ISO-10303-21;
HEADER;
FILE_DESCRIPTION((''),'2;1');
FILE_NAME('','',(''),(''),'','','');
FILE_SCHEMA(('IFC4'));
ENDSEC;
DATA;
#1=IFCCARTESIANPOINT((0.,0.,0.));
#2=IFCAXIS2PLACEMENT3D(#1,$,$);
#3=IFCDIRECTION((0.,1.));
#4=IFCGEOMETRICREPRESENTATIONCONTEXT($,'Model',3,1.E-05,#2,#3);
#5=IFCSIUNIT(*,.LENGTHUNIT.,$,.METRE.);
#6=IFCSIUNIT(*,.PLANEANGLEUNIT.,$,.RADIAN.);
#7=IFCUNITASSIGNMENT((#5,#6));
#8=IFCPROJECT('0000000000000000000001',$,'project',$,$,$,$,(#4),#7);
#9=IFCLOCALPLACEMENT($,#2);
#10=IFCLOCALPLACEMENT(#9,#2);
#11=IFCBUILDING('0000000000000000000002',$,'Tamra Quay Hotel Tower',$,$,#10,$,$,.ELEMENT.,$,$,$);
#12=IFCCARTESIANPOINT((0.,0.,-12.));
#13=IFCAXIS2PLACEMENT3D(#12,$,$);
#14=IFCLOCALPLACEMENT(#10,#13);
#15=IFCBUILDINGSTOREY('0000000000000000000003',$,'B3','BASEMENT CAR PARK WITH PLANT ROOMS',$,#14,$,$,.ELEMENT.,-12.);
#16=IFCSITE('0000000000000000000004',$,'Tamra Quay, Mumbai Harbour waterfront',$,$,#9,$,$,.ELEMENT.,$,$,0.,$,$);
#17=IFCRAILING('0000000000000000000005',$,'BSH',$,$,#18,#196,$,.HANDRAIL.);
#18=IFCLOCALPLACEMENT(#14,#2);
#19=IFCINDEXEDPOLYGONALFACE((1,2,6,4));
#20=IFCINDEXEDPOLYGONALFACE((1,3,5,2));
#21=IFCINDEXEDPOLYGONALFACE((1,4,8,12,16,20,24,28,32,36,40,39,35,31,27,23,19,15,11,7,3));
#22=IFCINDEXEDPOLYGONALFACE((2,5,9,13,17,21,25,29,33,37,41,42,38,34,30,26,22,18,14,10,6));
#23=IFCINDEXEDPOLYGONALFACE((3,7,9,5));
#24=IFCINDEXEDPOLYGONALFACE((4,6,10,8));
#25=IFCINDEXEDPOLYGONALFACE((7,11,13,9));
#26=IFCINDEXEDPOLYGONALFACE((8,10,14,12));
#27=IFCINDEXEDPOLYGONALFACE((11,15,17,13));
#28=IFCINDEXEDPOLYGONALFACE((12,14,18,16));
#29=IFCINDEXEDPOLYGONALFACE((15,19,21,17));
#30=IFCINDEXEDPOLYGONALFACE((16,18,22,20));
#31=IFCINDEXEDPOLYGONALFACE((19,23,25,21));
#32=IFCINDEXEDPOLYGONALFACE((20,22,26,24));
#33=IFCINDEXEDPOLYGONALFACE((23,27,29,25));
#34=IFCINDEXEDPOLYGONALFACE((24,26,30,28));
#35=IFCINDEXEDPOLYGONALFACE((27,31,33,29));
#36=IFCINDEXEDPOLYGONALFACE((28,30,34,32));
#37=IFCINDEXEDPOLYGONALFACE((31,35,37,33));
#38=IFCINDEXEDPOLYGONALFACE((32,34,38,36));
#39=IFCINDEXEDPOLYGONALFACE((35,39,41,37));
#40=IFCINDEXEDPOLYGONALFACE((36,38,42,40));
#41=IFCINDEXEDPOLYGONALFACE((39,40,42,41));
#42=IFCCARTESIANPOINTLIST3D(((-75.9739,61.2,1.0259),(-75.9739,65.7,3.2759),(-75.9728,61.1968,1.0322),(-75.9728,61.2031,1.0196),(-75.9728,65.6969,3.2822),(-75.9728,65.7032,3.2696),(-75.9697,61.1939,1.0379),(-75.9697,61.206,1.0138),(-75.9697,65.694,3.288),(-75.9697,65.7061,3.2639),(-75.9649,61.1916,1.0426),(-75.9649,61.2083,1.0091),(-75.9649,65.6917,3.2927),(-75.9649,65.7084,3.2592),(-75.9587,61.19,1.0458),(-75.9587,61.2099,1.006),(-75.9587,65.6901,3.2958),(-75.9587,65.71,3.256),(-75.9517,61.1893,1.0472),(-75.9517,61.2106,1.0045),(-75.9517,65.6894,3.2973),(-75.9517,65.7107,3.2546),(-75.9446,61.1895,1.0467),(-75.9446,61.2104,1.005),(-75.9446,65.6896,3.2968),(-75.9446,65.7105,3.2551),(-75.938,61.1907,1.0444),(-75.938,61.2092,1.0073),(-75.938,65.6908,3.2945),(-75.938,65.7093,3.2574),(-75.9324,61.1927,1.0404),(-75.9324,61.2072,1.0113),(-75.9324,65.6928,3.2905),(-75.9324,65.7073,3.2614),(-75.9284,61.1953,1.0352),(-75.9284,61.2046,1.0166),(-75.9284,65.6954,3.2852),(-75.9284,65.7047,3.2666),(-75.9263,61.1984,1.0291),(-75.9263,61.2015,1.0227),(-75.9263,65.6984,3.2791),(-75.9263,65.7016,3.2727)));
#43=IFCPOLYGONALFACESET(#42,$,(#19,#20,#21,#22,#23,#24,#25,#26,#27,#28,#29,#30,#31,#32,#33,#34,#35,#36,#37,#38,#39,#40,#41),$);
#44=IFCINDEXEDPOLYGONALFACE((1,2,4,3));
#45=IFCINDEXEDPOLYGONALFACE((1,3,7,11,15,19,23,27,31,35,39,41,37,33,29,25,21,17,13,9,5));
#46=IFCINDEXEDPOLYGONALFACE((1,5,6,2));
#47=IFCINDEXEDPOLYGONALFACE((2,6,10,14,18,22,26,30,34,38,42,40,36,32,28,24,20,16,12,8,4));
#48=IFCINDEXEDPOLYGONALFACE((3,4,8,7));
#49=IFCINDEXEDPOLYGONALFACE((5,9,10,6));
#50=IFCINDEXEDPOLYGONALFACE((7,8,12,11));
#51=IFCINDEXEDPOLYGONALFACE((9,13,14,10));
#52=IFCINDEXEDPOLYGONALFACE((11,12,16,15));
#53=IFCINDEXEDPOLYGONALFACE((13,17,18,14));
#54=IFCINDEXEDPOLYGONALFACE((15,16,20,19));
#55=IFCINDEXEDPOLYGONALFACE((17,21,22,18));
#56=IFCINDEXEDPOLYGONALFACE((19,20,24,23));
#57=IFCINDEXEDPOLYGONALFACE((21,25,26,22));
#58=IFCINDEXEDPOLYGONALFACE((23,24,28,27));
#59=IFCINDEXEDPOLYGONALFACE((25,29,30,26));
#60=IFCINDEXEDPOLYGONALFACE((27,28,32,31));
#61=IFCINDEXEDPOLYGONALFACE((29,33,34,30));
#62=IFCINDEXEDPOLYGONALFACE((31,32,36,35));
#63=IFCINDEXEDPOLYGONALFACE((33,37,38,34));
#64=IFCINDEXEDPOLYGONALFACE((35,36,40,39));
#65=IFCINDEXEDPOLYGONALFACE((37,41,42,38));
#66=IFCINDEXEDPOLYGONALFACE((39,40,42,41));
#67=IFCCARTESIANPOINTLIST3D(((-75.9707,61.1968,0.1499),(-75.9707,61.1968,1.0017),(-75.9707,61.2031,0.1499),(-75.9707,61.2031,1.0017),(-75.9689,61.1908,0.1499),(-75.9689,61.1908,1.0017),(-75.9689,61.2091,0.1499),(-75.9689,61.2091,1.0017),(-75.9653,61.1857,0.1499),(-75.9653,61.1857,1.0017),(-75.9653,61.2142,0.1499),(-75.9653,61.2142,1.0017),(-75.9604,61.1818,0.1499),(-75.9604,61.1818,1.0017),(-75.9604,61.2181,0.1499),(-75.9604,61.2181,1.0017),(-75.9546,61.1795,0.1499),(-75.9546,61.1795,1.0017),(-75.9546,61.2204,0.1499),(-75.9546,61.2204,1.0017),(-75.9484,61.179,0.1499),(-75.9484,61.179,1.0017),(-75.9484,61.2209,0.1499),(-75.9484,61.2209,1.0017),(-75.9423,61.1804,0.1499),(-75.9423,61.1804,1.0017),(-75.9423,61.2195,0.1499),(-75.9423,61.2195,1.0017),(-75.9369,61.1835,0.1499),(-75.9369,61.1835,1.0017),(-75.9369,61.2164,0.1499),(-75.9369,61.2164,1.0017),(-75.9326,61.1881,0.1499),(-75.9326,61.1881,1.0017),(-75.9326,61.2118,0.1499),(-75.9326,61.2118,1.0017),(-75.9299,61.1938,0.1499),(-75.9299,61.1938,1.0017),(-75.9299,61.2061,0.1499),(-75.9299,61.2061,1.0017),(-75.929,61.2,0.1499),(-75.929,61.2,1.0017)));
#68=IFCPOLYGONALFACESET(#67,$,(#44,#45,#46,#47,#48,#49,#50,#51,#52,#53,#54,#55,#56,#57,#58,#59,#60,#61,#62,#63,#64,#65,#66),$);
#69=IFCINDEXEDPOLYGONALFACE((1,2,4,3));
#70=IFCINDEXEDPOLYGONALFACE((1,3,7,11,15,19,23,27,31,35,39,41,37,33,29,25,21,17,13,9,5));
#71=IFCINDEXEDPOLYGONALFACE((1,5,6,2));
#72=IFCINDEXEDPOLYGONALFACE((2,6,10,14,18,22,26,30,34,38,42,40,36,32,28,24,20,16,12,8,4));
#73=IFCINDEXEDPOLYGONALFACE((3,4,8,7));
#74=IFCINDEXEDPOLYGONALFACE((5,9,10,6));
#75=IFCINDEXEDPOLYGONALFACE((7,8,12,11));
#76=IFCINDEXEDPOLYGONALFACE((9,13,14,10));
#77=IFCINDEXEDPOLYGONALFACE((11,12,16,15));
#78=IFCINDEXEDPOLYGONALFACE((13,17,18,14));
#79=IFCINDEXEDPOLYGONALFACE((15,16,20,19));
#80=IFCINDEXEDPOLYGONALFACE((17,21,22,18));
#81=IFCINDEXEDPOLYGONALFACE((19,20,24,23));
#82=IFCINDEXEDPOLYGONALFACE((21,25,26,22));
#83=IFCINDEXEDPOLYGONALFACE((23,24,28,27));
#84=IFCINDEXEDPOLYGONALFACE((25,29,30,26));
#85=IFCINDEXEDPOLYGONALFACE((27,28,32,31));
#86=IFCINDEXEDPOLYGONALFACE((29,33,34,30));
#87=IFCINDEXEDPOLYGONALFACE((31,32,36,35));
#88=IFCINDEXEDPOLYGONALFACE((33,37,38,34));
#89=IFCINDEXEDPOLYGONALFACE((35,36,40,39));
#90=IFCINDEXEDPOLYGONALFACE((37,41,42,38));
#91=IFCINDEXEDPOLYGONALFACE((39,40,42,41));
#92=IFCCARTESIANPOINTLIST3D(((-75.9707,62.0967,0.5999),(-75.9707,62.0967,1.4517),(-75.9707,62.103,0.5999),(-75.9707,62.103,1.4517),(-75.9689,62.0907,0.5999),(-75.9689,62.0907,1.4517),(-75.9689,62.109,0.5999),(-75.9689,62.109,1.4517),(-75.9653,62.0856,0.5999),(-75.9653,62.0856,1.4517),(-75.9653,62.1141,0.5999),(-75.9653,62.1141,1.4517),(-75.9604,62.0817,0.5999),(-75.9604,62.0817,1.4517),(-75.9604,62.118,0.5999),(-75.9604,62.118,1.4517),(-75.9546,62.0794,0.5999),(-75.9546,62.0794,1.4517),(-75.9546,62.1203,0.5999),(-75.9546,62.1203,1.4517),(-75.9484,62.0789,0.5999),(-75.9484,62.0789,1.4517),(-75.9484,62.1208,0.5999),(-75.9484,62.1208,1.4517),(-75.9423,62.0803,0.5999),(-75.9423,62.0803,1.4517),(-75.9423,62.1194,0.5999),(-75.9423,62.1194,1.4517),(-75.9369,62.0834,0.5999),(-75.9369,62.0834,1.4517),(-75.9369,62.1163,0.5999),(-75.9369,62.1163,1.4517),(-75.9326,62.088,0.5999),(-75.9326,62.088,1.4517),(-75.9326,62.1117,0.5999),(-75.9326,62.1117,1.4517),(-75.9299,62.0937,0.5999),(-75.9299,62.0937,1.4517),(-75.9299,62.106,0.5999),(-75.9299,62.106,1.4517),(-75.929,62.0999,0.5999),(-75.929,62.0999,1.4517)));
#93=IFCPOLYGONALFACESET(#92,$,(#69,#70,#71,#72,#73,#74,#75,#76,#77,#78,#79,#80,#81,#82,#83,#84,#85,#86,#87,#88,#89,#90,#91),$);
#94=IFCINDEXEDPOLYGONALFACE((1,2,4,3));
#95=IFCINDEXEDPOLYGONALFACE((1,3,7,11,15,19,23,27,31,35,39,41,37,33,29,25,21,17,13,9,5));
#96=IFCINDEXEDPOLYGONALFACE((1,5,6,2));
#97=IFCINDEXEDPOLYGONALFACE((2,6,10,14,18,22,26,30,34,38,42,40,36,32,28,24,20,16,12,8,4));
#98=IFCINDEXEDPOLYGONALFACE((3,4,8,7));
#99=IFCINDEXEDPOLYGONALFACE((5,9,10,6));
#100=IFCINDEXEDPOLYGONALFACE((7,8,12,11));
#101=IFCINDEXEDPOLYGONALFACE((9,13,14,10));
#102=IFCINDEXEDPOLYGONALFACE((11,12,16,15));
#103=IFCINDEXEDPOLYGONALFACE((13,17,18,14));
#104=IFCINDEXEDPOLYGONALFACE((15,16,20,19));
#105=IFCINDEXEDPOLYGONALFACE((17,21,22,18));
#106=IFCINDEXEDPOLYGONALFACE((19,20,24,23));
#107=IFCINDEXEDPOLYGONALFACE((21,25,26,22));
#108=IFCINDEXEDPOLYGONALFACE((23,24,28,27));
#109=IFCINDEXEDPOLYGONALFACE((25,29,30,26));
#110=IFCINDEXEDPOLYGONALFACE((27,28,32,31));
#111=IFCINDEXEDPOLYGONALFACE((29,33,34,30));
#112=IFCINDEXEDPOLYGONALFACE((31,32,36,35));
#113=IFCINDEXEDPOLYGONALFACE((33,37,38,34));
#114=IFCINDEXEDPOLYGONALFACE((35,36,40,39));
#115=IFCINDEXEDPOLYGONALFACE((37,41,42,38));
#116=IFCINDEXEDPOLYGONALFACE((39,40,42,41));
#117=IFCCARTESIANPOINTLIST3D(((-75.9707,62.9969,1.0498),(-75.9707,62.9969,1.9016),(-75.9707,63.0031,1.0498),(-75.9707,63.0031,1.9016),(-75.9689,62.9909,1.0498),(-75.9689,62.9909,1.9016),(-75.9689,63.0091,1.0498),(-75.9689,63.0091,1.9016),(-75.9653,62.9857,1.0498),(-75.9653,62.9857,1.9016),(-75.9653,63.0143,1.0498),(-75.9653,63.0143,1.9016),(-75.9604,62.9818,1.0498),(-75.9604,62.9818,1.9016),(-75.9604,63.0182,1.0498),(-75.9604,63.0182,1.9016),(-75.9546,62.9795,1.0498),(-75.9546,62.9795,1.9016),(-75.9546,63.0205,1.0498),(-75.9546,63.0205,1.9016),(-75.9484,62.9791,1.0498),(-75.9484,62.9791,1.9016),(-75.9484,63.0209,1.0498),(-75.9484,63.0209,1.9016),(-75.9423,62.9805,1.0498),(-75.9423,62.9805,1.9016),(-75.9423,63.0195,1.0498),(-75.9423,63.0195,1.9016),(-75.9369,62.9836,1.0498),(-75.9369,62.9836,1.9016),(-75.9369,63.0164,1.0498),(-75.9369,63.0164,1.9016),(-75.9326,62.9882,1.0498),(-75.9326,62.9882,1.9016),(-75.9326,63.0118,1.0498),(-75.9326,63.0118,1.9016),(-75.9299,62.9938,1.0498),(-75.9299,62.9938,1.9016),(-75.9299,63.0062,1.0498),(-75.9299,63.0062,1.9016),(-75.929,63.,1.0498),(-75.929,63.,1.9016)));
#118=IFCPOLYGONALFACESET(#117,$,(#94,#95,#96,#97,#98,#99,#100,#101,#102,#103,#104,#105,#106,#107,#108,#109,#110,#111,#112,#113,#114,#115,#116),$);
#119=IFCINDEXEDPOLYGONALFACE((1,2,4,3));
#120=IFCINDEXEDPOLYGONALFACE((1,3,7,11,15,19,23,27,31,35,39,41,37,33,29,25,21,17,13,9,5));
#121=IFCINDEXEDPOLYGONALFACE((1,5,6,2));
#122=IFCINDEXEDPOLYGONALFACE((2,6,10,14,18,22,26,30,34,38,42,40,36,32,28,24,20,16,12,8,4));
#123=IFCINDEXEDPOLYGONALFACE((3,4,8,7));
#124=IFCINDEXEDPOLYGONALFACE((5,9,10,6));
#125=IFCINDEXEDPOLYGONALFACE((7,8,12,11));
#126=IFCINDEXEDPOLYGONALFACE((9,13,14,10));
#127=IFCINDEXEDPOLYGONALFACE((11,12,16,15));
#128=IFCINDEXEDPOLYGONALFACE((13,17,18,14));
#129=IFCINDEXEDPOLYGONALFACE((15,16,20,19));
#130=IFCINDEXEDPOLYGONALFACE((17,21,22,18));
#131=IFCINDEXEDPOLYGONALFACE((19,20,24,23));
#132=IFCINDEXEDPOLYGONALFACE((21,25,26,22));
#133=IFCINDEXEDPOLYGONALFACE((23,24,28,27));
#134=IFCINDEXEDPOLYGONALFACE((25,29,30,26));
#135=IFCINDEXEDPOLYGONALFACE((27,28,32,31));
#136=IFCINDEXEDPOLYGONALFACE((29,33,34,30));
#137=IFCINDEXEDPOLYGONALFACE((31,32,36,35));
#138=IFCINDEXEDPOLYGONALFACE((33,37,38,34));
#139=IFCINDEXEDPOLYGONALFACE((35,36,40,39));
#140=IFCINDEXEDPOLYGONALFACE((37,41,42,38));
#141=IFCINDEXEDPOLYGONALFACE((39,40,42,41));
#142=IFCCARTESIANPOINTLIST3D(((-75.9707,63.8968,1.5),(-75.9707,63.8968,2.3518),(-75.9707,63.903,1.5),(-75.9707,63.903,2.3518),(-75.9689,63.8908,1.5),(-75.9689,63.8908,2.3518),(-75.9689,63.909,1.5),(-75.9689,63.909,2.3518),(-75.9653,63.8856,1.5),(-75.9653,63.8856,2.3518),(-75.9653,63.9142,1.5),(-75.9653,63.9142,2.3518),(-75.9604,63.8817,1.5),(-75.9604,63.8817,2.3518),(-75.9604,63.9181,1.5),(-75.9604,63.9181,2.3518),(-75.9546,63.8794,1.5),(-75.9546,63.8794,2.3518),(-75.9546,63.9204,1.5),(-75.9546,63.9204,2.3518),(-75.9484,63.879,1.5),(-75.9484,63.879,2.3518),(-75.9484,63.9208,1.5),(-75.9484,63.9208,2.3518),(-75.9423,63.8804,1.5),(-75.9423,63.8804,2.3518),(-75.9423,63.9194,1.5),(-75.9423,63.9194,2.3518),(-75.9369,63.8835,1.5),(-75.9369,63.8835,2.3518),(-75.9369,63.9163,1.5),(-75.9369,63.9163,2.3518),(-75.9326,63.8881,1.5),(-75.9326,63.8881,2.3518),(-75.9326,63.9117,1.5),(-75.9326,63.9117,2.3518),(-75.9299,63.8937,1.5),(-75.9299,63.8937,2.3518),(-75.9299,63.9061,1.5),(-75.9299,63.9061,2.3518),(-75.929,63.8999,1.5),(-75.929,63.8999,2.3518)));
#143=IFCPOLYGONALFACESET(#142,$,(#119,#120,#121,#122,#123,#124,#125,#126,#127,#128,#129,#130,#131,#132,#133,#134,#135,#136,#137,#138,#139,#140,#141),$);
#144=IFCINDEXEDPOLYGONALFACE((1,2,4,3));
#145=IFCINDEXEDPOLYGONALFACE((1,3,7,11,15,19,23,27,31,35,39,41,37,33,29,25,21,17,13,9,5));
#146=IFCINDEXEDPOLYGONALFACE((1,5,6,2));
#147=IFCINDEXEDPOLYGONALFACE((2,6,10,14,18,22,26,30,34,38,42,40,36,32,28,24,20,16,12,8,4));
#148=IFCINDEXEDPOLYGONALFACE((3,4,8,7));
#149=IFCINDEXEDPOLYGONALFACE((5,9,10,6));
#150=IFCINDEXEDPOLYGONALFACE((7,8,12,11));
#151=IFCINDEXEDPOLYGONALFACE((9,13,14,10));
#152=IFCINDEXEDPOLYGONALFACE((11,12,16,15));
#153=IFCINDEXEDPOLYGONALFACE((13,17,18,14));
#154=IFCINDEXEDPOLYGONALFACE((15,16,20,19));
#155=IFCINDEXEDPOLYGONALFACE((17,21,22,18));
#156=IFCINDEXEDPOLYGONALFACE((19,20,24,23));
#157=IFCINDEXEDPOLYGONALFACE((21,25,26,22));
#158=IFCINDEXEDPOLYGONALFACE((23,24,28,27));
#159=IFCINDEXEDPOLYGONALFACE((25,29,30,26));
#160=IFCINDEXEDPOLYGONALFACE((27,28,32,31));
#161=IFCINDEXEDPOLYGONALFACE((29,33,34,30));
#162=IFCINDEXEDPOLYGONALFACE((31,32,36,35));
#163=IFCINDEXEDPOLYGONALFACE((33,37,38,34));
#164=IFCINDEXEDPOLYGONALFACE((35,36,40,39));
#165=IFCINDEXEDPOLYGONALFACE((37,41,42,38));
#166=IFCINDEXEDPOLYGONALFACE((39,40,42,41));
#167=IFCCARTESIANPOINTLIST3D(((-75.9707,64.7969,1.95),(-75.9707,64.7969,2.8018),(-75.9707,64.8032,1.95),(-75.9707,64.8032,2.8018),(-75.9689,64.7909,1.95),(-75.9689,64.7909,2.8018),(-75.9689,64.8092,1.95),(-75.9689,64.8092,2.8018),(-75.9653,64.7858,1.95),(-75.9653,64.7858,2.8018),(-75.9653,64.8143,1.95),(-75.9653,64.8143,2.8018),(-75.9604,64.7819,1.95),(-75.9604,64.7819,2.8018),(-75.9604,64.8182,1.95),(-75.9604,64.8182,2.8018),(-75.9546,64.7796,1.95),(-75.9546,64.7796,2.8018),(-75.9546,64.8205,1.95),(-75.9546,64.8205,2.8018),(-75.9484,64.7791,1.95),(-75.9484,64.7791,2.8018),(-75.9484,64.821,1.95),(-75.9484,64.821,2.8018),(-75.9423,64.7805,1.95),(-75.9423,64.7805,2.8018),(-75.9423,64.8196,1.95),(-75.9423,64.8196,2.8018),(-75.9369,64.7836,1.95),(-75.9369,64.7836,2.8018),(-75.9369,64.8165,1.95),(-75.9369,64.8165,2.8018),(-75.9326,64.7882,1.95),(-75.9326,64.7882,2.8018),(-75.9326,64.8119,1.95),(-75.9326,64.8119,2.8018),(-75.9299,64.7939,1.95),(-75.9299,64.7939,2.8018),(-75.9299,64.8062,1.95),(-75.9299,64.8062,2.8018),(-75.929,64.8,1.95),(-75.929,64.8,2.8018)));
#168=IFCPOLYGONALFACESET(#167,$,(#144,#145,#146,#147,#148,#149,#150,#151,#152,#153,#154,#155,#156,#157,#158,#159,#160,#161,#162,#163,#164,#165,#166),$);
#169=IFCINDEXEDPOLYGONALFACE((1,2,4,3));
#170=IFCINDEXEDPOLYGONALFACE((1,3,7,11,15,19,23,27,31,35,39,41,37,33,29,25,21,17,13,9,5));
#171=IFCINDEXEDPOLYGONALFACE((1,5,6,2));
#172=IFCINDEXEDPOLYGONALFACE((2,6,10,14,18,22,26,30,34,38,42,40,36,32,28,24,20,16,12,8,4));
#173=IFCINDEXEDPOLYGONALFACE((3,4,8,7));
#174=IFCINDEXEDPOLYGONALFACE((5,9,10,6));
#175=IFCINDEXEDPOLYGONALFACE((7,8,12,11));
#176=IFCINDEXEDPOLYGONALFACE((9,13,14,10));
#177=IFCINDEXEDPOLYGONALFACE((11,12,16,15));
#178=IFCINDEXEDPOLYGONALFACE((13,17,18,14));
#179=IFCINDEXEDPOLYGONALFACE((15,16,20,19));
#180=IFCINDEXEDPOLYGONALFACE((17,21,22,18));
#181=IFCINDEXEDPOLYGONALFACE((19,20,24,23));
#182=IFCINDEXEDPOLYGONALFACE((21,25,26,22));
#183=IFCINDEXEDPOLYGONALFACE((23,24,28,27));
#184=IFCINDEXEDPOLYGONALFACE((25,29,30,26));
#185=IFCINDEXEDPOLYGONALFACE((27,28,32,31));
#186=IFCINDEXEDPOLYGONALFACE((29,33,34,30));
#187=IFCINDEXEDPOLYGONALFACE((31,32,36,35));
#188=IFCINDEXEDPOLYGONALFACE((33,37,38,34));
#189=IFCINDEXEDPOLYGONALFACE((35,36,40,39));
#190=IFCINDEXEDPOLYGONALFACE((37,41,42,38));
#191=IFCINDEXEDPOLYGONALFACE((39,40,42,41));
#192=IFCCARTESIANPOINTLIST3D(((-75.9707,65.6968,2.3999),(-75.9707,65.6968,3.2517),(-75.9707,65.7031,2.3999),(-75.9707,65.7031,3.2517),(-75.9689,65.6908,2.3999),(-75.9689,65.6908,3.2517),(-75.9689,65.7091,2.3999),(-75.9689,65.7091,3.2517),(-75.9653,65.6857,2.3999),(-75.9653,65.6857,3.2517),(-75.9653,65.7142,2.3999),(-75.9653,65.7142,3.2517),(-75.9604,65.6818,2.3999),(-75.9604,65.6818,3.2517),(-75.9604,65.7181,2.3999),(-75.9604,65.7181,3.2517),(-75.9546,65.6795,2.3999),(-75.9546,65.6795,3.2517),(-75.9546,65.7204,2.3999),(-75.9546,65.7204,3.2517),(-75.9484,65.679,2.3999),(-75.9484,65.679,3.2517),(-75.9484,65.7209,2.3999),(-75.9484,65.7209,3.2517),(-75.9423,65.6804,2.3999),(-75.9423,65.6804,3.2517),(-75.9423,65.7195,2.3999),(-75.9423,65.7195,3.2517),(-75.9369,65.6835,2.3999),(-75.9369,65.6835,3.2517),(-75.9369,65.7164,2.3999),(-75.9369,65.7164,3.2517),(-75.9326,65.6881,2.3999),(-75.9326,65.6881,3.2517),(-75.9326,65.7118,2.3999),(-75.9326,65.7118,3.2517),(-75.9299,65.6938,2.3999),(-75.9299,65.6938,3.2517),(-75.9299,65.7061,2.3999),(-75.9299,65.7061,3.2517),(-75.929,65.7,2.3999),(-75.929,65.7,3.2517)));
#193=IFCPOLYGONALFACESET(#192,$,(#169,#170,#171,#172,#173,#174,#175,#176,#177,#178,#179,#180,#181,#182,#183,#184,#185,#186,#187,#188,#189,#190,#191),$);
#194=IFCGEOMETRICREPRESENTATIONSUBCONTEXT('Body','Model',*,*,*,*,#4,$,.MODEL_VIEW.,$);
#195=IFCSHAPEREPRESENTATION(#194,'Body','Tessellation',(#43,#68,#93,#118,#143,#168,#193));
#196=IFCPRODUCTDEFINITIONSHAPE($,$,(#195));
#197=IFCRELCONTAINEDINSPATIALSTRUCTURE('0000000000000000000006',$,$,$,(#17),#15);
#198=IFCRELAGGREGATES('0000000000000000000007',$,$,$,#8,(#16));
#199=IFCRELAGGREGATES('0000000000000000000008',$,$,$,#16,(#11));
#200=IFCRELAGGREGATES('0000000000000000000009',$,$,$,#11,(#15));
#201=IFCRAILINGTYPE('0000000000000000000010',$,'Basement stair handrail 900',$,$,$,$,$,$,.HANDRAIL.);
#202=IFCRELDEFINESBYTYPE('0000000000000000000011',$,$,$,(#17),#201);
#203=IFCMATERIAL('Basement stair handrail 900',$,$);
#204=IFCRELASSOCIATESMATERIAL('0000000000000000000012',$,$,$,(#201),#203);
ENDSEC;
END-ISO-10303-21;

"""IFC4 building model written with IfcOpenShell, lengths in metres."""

from ifc_helpers import new_model, si_unit, direction, frame, origin, origin_2d, place, context, subcontext, project, spatial, circle, extrude, material, type_object, element, save


model = new_model("IFC4")

# Units and contexts
model_context = context("Model", 3, precision=1e-05, world=origin(), true_north=direction((0.0, 1.0)))
body_context = subcontext(model_context, "Body", "Model", "MODEL_VIEW")
ifc_project = project(units=[si_unit("LENGTHUNIT", "METRE"), si_unit("PLANEANGLEUNIT", "RADIAN")], contexts=[model_context])

# Site, building, storey
site_placement = place(None, origin())
site = spatial("IfcSite", under=ifc_project, at=site_placement, Name="Tamra Quay, Mumbai Harbour waterfront", CompositionType="ELEMENT", RefElevation=0.0)
building_placement = place(site_placement, origin())
building = spatial("IfcBuilding", under=site, at=building_placement, Name="Tamra Quay Hotel Tower", CompositionType="ELEMENT")
storey_placement = place(building_placement, frame((0.0, 0.0, -12.0)))
storey = spatial("IfcBuildingStorey", under=building, at=storey_placement, Name="B3", Description="BASEMENT CAR PARK WITH PLANT ROOMS", CompositionType="ELEMENT", Elevation=-12.0)

# Railing
ifc_material_1 = material(Name="Basement stair handrail 900")
railing_type_1 = type_object("IfcRailingType", Name="Basement stair handrail 900", PredefinedType="HANDRAIL", material=ifc_material_1)
railing_1_placement = place(storey_placement, frame((-75.95, 61.2, 0.1499)))
element("IfcRailing", 1, at=railing_1_placement, inside=storey, type_object=railing_type_1, Name="BSH", PredefinedType="HANDRAIL", context=body_context, shape_type="SweptSolid", body=[
    extrude(circle(Radius=0.0239, at=origin_2d()), frame((0.0, 0.0, 0.876), z_axis=(0.0, 0.894427, 0.447214), x_axis=(-1.0, 0.0, 0.0)), (0.0, 0.0, 1.0), 5.0312),
    extrude(circle(Radius=0.021, at=origin_2d()), origin(), (0.0, 0.0, 1.0), 0.8518),
    extrude(circle(Radius=0.021, at=origin_2d()), frame((0.0, 0.8999, 0.45)), (0.0, 0.0, 1.0), 0.8518),
    extrude(circle(Radius=0.021, at=origin_2d()), frame((0.0, 1.8, 0.8999)), (0.0, 0.0, 1.0), 0.8518),
    extrude(circle(Radius=0.021, at=origin_2d()), frame((0.0, 2.7, 1.3501)), (0.0, 0.0, 1.0), 0.8518),
    extrude(circle(Radius=0.021, at=origin_2d()), frame((0.0, 3.6001, 1.8)), (0.0, 0.0, 1.0), 0.8518),
    extrude(circle(Radius=0.021, at=origin_2d()), frame((0.0, 4.5, 2.25)), (0.0, 0.0, 1.0), 0.8518),
])

save(model, "model.ifc")
